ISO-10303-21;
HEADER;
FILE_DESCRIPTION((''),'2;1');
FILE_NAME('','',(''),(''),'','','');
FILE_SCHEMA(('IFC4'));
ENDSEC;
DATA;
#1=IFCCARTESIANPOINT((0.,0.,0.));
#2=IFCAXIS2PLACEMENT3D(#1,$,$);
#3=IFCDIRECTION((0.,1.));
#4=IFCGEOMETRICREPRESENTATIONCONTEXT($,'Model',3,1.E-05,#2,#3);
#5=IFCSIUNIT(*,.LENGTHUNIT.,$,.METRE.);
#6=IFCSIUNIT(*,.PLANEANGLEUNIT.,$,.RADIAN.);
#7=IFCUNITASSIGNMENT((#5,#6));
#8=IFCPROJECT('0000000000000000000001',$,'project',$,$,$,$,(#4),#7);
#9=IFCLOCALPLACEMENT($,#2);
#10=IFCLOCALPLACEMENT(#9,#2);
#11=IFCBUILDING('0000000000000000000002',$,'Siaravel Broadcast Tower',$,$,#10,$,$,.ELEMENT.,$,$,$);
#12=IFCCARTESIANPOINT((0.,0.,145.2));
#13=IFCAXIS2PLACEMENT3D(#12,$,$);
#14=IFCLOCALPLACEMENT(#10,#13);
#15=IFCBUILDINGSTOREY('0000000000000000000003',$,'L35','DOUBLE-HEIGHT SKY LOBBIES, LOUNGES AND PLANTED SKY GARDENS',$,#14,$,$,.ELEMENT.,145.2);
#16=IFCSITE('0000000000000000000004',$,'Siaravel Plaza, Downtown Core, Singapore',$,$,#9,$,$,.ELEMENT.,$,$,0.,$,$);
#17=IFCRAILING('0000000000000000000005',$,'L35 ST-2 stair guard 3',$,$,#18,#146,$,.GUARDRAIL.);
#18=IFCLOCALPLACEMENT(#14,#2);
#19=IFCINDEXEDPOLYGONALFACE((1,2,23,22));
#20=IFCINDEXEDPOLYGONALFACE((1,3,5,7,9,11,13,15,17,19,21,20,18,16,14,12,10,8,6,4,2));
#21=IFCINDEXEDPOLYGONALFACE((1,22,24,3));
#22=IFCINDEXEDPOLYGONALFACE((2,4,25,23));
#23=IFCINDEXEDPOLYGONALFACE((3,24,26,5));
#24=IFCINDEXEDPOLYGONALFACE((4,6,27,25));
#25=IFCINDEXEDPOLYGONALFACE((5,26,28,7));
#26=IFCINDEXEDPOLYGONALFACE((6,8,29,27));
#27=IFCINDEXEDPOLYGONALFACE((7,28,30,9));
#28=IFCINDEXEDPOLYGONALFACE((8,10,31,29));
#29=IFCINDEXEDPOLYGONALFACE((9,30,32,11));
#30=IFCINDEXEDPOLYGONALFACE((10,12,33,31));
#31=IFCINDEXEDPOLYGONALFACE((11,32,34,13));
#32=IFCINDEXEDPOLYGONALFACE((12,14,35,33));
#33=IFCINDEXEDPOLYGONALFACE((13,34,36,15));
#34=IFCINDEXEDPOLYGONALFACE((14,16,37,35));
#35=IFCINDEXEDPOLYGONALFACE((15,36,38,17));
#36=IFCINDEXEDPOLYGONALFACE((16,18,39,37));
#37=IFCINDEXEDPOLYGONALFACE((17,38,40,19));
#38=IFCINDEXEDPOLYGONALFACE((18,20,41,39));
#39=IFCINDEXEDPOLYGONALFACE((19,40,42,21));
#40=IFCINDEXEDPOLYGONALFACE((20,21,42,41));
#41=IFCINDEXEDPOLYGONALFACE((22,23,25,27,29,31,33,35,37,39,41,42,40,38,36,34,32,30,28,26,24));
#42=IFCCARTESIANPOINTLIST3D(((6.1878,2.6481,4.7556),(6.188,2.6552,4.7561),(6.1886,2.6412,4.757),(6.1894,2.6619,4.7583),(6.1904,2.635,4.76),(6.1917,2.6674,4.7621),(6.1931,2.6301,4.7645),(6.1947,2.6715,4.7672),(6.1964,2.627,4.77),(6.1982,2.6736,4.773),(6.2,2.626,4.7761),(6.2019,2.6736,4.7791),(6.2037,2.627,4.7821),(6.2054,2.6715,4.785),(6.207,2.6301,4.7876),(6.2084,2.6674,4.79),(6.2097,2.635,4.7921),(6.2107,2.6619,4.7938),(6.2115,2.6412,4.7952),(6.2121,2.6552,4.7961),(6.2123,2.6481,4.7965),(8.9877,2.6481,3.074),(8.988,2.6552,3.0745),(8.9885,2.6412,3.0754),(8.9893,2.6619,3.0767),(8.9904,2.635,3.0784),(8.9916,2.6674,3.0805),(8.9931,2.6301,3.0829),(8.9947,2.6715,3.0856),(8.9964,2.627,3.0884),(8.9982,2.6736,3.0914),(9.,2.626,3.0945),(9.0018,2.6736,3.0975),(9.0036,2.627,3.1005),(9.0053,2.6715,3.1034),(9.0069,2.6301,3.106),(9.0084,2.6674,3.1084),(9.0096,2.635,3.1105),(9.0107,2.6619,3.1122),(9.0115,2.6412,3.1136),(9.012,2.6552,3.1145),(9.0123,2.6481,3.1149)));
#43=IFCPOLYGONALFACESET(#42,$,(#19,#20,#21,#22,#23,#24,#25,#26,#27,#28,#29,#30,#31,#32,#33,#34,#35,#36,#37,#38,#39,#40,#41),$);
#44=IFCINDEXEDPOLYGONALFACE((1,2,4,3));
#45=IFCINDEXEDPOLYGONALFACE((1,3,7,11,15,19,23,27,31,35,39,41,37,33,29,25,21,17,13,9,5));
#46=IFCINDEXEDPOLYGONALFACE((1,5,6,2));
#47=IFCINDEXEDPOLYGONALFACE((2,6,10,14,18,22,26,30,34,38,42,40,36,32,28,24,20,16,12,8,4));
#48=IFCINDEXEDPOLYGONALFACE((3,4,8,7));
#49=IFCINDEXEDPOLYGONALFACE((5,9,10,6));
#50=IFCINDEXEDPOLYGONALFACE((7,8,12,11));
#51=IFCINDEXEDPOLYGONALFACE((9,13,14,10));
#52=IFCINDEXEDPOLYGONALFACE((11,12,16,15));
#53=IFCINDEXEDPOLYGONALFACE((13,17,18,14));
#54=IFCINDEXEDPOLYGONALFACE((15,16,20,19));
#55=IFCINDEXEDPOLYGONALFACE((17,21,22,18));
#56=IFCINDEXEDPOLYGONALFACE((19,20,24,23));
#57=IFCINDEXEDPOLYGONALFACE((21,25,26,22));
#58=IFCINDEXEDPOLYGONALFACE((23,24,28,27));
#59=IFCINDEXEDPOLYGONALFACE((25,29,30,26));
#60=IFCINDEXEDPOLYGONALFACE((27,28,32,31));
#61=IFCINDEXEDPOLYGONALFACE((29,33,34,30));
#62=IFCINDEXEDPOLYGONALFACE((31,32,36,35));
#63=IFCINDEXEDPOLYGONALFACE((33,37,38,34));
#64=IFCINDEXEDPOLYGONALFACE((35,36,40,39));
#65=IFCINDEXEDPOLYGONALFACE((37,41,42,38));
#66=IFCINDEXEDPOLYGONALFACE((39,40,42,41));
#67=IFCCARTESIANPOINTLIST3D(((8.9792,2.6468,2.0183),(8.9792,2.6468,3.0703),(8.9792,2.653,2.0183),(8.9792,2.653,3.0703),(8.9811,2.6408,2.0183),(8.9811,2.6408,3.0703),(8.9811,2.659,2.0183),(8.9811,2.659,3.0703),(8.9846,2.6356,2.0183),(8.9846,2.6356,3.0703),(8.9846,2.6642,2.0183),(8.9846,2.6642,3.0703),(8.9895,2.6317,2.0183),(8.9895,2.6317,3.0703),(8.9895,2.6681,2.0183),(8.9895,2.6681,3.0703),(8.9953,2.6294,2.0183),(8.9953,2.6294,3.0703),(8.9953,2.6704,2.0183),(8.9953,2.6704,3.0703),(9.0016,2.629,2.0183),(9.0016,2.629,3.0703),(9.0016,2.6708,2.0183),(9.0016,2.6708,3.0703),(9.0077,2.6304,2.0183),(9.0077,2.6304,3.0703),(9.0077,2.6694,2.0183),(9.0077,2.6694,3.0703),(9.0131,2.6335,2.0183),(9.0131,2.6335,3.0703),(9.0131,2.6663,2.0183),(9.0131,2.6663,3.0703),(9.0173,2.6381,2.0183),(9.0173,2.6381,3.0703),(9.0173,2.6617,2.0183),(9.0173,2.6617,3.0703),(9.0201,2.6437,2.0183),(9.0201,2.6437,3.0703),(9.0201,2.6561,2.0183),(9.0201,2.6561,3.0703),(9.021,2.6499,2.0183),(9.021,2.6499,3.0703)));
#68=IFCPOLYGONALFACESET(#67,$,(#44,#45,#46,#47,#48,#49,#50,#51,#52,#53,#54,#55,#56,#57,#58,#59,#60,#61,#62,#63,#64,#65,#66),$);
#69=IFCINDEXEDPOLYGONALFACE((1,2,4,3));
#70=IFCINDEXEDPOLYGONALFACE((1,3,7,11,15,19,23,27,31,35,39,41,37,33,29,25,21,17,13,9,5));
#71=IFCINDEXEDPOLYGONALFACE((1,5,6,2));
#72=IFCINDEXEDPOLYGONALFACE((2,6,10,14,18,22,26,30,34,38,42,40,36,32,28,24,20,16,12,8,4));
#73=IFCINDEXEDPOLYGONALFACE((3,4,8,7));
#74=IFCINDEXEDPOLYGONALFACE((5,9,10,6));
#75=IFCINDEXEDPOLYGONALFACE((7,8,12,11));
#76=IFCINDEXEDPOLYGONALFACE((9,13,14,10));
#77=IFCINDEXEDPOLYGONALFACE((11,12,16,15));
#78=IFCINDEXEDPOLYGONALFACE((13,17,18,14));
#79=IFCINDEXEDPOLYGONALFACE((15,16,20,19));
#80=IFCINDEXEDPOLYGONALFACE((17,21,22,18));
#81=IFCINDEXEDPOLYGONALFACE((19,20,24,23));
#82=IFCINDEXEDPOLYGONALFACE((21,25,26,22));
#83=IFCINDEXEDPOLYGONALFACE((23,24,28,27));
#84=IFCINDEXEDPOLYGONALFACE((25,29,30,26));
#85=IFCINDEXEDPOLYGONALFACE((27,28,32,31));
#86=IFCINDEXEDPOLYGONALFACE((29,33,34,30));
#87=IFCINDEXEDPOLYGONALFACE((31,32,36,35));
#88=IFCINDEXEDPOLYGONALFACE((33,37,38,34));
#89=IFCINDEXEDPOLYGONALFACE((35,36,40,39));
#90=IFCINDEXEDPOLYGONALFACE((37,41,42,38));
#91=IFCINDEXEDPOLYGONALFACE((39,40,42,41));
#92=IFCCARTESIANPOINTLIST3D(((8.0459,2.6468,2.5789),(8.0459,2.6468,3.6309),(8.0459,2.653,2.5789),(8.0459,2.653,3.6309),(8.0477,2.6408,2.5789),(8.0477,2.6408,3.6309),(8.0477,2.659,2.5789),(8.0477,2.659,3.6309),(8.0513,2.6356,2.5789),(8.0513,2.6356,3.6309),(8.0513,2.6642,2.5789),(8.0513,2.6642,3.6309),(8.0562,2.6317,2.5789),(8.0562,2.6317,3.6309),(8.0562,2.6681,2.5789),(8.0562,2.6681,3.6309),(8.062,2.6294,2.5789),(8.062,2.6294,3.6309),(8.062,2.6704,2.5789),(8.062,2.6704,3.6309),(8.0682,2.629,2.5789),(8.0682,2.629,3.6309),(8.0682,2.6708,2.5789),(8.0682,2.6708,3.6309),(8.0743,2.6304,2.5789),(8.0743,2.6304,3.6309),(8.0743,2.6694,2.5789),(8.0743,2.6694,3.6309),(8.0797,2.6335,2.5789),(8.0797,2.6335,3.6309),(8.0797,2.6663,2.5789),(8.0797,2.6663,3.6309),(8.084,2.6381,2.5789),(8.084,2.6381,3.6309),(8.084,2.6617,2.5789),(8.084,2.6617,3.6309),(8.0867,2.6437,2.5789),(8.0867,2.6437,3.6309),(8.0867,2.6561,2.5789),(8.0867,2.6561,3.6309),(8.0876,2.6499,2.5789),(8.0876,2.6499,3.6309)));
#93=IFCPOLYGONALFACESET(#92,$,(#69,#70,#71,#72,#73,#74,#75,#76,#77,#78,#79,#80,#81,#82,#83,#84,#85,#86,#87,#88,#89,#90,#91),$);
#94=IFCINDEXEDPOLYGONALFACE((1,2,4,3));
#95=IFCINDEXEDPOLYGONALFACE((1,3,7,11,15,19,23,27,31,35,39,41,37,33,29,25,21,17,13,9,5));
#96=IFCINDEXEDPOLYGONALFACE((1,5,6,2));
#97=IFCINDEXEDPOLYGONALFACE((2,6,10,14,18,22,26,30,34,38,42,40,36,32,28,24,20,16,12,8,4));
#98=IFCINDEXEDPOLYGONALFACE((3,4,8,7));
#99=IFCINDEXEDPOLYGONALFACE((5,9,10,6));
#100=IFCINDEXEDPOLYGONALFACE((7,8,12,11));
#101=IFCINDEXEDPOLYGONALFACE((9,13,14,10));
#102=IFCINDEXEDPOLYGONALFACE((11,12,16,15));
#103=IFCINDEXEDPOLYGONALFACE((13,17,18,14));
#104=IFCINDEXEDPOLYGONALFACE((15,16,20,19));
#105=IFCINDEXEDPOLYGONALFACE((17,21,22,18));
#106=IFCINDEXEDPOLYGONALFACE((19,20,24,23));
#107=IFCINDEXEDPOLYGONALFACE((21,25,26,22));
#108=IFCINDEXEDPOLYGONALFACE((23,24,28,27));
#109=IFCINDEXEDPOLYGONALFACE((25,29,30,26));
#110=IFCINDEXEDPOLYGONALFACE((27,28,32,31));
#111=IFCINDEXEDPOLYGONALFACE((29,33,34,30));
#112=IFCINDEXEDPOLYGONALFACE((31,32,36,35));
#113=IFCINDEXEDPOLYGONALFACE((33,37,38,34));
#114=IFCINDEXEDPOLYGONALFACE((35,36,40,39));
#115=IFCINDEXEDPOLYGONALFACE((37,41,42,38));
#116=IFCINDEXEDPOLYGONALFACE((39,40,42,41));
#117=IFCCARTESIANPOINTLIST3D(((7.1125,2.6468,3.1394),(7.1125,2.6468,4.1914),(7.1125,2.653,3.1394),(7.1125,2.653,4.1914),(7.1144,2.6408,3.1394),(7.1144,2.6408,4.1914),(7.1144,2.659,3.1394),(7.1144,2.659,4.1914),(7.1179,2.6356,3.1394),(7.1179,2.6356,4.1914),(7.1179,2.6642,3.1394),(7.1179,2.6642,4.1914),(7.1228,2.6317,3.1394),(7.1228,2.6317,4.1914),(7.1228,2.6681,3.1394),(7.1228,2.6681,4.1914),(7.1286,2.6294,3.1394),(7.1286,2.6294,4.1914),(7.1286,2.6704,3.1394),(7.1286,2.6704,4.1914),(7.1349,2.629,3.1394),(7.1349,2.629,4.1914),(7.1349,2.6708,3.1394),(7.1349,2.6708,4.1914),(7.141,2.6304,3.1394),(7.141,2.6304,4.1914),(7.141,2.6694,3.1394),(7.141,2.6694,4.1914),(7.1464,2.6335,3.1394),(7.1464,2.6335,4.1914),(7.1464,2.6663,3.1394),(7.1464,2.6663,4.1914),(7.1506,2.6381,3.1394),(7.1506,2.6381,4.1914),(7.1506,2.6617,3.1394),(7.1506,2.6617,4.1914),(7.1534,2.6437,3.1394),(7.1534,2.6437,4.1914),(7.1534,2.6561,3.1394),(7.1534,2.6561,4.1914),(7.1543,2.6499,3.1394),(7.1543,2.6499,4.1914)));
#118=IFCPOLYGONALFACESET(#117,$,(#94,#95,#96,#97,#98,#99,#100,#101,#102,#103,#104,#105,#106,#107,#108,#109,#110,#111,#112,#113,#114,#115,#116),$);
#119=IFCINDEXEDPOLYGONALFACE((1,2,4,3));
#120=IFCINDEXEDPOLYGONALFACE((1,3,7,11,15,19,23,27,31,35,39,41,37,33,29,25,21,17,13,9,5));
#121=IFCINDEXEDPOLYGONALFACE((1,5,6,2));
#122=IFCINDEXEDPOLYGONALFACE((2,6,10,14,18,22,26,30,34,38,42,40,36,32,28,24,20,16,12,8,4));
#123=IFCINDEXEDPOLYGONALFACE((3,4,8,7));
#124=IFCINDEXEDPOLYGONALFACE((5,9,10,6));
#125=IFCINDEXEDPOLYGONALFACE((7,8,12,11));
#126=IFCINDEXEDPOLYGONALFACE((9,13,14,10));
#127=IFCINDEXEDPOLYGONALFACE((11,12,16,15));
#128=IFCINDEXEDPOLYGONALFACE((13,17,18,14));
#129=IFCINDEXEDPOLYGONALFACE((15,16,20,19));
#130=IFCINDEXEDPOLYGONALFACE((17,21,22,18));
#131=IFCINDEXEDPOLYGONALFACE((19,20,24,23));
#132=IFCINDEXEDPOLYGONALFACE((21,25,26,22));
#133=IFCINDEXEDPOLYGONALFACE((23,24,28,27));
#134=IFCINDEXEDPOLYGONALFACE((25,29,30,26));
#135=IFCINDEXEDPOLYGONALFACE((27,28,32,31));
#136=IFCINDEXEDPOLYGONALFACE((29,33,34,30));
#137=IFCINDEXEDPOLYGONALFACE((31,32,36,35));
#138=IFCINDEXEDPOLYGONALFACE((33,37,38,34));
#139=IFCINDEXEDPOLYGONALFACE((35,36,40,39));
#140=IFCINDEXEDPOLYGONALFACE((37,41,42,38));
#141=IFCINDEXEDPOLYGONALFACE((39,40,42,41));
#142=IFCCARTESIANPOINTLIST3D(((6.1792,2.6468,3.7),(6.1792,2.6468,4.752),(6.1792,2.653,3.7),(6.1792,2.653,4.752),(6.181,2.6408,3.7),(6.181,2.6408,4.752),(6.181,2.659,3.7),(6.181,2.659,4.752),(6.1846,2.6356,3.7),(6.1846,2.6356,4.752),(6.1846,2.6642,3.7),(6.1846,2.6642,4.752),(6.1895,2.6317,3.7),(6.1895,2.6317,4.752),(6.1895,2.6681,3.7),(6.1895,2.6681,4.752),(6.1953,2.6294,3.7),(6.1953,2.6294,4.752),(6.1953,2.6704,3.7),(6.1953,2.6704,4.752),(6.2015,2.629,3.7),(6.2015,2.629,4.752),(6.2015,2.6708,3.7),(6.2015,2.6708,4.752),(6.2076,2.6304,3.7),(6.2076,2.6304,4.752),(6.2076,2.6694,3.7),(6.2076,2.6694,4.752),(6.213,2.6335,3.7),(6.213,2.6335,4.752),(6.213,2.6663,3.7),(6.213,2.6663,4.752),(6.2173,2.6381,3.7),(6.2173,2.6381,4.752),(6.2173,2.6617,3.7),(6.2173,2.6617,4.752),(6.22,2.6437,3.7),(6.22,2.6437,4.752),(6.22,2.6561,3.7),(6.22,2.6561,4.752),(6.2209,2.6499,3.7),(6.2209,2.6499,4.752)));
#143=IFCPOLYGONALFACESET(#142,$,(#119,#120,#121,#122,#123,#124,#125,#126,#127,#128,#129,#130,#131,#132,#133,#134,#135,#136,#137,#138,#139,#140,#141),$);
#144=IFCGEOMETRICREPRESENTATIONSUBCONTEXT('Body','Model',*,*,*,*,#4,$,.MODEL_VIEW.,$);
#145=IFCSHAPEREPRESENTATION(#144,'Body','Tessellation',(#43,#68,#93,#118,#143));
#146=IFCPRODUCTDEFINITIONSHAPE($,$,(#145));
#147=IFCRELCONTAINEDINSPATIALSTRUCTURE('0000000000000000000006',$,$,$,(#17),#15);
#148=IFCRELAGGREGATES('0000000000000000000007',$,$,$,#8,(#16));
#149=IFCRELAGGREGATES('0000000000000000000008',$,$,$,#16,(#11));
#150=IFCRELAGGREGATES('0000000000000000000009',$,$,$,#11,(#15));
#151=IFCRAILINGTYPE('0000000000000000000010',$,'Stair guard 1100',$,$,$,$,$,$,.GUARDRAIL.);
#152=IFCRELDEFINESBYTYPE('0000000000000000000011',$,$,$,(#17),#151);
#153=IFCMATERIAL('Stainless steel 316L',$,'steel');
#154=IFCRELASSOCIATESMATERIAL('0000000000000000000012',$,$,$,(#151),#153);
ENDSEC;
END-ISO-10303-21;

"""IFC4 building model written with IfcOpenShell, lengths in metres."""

from ifc_helpers import new_model, si_unit, direction, frame, origin, origin_2d, place, context, subcontext, project, spatial, circle, extrude, material, type_object, element, save


model = new_model("IFC4")

# Units and contexts
model_context = context("Model", 3, precision=1e-05, world=origin(), true_north=direction((0.0, 1.0)))
body_context = subcontext(model_context, "Body", "Model", "MODEL_VIEW")
ifc_project = project(units=[si_unit("LENGTHUNIT", "METRE"), si_unit("PLANEANGLEUNIT", "RADIAN")], contexts=[model_context])

# Site, building, storey
site_placement = place(None, origin())
site = spatial("IfcSite", under=ifc_project, at=site_placement, Name="Siaravel Plaza, Downtown Core, Singapore", CompositionType="ELEMENT", RefElevation=0.0)
building_placement = place(site_placement, origin())
building = spatial("IfcBuilding", under=site, at=building_placement, Name="Siaravel Broadcast Tower", CompositionType="ELEMENT")
storey_placement = place(building_placement, frame((0.0, 0.0, 145.2)))
storey = spatial("IfcBuildingStorey", under=building, at=storey_placement, Name="L35", Description="DOUBLE-HEIGHT SKY LOBBIES, LOUNGES AND PLANTED SKY GARDENS", CompositionType="ELEMENT", Elevation=145.2)

# Railing
ifc_material_1 = material(Name="Stainless steel 316L", Category="steel")
railing_type_1 = type_object("IfcRailingType", Name="Stair guard 1100", PredefinedType="GUARDRAIL", material=ifc_material_1)
railing_1_placement = place(storey_placement, frame((9.0, 2.6499, 2.0183)))
element("IfcRailing", 1, at=railing_1_placement, inside=storey, type_object=railing_type_1, Name="L35 ST-2 stair guard 3", PredefinedType="GUARDRAIL", context=body_context, shape_type="SweptSolid", body=[
    extrude(circle(Radius=0.0239, at=origin_2d()), frame((0.0, 0.0, 1.0762), z_axis=(-0.857275, 0.0, 0.514858), x_axis=(0.0, -1.0, 0.0)), (0.0, 0.0, 1.0), 3.2661),
    extrude(circle(Radius=0.021, at=origin_2d()), origin(), (0.0, 0.0, 1.0), 1.052),
    extrude(circle(Radius=0.021, at=origin_2d()), frame((-0.9333, 0.0, 0.5605)), (0.0, 0.0, 1.0), 1.052),
    extrude(circle(Radius=0.021, at=origin_2d()), frame((-1.8667, 0.0, 1.1211)), (0.0, 0.0, 1.0), 1.052),
    extrude(circle(Radius=0.021, at=origin_2d()), frame((-2.8, 0.0, 1.6816)), (0.0, 0.0, 1.0), 1.052),
])

save(model, "model.ifc")
